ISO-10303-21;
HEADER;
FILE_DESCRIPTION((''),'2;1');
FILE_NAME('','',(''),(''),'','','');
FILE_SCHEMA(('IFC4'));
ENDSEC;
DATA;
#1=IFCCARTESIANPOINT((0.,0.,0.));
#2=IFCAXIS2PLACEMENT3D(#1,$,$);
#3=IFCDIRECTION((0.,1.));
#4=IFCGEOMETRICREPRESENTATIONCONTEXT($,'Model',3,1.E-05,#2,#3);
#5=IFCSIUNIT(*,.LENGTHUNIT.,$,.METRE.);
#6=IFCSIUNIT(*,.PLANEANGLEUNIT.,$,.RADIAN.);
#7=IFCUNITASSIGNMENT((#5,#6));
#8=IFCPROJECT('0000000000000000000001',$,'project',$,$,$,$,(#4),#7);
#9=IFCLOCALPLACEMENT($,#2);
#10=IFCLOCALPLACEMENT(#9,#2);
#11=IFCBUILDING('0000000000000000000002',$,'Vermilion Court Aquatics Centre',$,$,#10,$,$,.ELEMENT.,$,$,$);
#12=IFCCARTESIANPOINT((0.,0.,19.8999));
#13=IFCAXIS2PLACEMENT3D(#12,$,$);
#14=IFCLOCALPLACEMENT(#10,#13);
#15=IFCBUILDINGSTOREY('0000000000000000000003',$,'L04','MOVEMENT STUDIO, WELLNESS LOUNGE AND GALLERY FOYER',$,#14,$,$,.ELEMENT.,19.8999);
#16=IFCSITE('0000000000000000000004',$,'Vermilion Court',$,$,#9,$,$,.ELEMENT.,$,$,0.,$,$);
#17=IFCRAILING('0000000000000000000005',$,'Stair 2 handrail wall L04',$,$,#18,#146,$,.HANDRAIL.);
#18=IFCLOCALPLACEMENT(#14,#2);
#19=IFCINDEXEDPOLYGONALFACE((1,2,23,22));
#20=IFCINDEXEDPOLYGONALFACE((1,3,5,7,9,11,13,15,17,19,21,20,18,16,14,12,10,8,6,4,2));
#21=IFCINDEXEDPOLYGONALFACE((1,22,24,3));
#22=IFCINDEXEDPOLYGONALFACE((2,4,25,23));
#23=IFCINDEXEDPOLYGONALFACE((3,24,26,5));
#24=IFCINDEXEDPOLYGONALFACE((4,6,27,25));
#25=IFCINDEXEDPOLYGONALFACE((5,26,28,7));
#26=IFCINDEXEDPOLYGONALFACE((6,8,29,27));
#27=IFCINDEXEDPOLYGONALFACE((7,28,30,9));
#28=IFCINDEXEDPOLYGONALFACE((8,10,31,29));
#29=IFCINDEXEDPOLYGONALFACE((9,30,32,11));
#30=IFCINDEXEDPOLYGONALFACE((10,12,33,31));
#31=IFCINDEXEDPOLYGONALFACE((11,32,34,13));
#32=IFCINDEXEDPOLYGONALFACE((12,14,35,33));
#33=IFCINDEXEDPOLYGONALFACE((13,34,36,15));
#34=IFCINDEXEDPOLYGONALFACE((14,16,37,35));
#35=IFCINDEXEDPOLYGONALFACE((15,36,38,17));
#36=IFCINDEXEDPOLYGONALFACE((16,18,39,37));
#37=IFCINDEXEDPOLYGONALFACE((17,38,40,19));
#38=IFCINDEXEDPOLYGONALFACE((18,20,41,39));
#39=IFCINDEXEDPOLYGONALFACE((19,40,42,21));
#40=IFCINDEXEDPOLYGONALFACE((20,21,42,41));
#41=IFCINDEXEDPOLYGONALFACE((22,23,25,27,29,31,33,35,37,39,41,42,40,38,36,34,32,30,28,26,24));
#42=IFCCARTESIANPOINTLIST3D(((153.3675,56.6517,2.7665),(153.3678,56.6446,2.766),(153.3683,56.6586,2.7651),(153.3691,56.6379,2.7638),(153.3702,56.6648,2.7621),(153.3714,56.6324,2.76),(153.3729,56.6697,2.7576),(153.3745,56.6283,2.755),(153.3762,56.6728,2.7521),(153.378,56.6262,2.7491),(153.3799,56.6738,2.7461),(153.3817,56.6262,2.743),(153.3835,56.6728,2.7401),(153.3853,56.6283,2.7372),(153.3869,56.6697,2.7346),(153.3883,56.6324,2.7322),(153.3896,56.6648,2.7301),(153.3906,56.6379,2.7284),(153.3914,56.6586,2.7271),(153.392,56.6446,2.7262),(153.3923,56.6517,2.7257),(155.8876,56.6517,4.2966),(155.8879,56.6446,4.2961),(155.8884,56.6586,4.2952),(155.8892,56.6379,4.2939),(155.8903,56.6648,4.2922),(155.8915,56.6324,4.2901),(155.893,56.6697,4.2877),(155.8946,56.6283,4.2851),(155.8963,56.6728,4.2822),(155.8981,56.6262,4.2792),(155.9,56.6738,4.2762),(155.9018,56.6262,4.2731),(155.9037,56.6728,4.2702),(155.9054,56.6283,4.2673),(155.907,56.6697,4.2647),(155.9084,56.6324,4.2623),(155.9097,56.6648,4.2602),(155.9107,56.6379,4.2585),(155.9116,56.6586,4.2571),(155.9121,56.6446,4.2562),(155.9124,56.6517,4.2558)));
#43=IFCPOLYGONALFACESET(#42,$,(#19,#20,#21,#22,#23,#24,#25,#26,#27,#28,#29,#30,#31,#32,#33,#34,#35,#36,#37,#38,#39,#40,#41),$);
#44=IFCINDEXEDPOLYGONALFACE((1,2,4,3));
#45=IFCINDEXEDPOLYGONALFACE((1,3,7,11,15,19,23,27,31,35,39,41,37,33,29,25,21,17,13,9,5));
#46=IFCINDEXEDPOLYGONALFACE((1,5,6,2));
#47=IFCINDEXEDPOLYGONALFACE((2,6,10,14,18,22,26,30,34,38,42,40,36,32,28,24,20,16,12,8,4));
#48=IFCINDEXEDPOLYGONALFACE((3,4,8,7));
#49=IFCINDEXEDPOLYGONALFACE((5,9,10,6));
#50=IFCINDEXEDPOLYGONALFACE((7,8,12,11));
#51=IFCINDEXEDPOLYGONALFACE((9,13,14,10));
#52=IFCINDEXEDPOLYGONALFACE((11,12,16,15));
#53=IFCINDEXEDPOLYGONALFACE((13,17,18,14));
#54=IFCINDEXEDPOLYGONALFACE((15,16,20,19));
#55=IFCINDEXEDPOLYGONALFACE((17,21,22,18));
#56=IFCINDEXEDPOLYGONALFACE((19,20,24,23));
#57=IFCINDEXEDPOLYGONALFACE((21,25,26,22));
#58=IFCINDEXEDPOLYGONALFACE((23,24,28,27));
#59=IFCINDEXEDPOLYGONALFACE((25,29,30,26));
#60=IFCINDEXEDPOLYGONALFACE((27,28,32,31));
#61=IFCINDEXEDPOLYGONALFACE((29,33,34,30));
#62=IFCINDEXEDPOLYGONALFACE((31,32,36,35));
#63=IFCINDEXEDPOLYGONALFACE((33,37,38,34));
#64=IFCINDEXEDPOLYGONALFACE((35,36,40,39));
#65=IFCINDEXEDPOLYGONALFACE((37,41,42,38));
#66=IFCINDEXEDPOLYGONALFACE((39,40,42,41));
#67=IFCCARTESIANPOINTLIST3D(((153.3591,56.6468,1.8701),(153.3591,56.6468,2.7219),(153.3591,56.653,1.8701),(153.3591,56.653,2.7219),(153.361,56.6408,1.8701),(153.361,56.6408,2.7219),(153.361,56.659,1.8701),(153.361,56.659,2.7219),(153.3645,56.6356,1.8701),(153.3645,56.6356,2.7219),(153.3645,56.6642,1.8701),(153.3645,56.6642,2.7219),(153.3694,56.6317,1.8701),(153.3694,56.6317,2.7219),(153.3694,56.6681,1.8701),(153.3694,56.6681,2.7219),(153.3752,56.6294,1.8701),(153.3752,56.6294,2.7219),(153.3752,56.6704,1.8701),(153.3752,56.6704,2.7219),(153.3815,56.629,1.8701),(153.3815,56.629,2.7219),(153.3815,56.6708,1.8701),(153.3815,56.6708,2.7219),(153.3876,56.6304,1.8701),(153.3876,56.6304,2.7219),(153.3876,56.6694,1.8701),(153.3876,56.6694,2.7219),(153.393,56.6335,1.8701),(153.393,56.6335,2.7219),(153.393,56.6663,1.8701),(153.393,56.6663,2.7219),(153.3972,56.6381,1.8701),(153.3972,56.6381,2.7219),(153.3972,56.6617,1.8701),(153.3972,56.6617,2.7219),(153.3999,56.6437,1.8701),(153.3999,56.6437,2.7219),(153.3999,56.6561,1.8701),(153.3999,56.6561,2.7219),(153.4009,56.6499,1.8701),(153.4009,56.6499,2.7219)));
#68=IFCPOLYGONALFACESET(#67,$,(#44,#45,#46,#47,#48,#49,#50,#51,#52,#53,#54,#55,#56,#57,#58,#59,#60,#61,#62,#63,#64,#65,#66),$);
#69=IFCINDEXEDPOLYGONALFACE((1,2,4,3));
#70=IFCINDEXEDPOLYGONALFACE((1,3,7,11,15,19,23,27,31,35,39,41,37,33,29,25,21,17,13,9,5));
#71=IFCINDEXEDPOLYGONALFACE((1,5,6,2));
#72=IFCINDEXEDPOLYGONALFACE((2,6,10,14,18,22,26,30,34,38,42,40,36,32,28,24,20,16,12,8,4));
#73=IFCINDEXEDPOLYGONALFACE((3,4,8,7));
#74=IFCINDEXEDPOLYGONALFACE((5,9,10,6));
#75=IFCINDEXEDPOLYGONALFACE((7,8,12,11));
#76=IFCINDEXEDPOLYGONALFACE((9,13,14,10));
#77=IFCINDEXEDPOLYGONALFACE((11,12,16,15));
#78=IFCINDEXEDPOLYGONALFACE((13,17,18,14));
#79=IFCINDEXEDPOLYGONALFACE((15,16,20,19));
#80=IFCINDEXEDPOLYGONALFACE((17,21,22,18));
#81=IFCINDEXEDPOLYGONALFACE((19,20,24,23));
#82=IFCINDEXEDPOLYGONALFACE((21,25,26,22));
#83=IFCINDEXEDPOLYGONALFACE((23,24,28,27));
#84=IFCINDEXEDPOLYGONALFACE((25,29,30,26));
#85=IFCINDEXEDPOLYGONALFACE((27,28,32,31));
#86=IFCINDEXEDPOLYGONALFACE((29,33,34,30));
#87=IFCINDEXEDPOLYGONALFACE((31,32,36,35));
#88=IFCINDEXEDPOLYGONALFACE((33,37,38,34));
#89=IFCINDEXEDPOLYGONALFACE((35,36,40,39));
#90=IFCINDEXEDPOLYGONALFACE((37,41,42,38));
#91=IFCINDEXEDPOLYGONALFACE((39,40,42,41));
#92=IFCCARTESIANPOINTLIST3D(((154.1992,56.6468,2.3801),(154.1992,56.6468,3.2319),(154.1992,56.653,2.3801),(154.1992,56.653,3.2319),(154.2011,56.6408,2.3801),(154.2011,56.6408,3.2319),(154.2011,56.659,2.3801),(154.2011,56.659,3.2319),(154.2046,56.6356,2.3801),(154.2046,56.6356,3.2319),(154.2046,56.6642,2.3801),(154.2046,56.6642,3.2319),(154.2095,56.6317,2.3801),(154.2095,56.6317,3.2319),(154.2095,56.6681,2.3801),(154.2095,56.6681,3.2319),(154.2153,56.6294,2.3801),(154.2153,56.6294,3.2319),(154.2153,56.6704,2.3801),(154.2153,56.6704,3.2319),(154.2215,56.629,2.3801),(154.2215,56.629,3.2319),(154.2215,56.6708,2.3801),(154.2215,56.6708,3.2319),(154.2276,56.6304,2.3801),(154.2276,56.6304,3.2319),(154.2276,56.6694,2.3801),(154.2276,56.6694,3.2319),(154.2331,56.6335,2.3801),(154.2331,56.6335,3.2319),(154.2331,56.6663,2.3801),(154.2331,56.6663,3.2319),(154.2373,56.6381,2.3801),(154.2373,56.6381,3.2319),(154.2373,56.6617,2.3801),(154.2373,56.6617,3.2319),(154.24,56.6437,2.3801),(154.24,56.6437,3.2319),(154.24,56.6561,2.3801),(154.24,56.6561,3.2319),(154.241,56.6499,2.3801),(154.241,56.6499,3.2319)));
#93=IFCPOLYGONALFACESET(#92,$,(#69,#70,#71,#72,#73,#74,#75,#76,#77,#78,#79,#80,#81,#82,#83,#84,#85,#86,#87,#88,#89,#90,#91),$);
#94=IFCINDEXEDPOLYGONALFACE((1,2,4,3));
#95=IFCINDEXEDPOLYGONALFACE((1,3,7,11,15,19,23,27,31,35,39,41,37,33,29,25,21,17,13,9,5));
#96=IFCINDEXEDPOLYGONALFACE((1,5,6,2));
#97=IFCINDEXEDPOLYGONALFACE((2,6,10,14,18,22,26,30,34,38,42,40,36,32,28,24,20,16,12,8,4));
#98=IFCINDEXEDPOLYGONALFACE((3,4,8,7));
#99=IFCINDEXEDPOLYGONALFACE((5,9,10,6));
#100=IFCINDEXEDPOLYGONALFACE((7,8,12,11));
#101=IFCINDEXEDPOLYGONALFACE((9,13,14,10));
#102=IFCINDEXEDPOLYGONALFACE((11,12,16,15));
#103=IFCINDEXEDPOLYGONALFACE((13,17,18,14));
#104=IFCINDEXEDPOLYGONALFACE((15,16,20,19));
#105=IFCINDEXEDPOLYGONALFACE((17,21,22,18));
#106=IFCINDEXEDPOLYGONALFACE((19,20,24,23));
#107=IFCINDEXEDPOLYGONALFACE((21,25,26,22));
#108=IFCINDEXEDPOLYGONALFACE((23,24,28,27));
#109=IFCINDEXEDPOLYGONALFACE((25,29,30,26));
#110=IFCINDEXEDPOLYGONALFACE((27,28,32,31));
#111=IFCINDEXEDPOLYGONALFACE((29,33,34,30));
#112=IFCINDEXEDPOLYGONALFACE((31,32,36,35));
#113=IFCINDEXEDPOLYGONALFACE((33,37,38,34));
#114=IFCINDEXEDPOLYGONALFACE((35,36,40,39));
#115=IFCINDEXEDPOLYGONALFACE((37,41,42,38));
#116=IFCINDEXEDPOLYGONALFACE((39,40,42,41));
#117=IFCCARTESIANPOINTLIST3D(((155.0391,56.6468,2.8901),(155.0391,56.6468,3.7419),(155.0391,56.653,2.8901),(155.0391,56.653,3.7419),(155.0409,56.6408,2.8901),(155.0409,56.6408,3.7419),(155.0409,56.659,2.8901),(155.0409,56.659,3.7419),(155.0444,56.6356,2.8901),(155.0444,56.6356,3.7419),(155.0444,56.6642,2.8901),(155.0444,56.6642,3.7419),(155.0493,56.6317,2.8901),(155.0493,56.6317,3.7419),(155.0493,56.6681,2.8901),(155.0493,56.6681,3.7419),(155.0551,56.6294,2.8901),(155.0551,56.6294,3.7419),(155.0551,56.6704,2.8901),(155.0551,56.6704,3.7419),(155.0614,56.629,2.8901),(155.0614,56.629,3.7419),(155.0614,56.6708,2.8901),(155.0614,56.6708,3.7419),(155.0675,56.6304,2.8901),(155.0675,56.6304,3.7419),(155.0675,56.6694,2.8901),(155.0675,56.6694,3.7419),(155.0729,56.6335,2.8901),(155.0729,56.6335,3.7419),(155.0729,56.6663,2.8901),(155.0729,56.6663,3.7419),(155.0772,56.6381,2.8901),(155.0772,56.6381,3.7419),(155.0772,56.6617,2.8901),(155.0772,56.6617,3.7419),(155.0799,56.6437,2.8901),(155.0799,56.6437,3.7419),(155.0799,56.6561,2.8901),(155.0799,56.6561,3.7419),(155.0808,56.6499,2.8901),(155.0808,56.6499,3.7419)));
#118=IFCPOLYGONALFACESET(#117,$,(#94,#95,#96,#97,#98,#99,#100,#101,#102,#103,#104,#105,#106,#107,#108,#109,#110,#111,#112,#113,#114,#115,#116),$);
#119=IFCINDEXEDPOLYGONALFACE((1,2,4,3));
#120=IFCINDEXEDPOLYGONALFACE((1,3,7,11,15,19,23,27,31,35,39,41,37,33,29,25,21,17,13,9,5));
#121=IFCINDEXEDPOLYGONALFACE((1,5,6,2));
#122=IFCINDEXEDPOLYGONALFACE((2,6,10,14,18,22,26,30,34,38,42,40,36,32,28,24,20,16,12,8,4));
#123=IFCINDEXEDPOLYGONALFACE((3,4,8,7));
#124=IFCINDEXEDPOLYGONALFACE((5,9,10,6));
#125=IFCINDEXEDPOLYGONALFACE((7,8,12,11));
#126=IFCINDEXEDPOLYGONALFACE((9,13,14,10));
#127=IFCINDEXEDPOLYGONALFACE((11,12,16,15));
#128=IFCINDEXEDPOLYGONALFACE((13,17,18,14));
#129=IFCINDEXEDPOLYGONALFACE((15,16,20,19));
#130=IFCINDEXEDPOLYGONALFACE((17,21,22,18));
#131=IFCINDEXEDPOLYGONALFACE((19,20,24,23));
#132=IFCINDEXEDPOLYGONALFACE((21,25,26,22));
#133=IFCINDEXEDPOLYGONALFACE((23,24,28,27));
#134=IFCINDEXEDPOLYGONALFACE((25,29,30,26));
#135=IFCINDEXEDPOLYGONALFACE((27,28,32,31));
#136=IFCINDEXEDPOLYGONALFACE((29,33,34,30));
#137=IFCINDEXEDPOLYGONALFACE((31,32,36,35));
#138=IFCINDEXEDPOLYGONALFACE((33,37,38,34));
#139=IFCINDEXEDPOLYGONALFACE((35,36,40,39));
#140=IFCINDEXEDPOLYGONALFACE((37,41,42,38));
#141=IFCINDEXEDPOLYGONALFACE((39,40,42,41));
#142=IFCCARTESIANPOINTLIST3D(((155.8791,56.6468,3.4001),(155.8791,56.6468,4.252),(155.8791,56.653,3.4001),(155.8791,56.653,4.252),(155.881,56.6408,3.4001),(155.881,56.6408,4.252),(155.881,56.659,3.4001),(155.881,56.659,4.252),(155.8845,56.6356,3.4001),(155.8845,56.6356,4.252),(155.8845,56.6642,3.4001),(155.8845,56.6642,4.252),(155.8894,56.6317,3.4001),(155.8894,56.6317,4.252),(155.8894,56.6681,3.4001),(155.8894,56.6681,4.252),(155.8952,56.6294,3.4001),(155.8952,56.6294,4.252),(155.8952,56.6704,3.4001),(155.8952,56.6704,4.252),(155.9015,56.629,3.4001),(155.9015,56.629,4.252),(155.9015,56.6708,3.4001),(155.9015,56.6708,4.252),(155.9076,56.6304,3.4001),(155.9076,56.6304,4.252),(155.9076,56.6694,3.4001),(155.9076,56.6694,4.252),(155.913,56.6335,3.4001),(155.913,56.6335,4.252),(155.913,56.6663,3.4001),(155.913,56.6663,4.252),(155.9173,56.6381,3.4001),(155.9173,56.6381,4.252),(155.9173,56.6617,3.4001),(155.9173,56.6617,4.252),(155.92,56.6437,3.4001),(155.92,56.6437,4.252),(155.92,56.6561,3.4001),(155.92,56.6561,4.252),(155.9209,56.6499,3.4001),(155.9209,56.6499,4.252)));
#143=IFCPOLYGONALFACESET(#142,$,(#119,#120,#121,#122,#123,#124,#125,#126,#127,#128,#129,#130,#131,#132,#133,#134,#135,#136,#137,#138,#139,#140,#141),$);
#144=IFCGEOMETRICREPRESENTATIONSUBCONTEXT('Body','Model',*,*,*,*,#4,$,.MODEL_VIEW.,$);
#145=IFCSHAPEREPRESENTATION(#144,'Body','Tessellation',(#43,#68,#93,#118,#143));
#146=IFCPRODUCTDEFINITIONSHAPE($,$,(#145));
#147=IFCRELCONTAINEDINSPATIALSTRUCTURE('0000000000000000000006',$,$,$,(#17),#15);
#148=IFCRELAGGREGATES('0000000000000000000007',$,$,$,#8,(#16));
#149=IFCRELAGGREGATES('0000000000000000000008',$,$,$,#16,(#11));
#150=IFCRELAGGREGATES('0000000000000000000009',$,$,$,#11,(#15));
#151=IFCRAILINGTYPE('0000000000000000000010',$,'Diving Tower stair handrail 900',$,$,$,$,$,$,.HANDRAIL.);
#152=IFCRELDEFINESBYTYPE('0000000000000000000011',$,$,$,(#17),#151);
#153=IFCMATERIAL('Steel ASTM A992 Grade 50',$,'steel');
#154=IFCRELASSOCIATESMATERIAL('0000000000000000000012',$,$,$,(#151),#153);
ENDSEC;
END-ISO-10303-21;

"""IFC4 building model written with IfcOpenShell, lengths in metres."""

from ifc_helpers import new_model, si_unit, direction, frame, origin, origin_2d, place, context, subcontext, project, spatial, circle, extrude, material, type_object, element, save


model = new_model("IFC4")

# Units and contexts
model_context = context("Model", 3, precision=1e-05, world=origin(), true_north=direction((0.0, 1.0)))
body_context = subcontext(model_context, "Body", "Model", "MODEL_VIEW")
ifc_project = project(units=[si_unit("LENGTHUNIT", "METRE"), si_unit("PLANEANGLEUNIT", "RADIAN")], contexts=[model_context])

# Site, building, storey
site_placement = place(None, origin())
site = spatial("IfcSite", under=ifc_project, at=site_placement, Name="Vermilion Court", CompositionType="ELEMENT", RefElevation=0.0)
building_placement = place(site_placement, origin())
building = spatial("IfcBuilding", under=site, at=building_placement, Name="Vermilion Court Aquatics Centre", CompositionType="ELEMENT")
storey_placement = place(building_placement, frame((0.0, 0.0, 19.8999)))
storey = spatial("IfcBuildingStorey", under=building, at=storey_placement, Name="L04", Description="MOVEMENT STUDIO, WELLNESS LOUNGE AND GALLERY FOYER", CompositionType="ELEMENT", Elevation=19.8999)

# Railing
ifc_material_1 = material(Name="Steel ASTM A992 Grade 50", Category="steel")
railing_type = type_object("IfcRailingType", Name="Diving Tower stair handrail 900", PredefinedType="HANDRAIL", material=ifc_material_1)
for number, where, name in (
    (1, (153.3799, 56.6499, 1.8701), "Stair 2 handrail wall L04"),
):
    element("IfcRailing", number, at=place(storey_placement, frame(where)), inside=storey, type_object=railing_type, Name=name, PredefinedType="HANDRAIL", context=body_context, shape_type="SweptSolid", body=[
        extrude(circle(Radius=0.0239, at=origin_2d()), frame((0.0, 0.0, 0.876), z_axis=(0.854785, 0.0, 0.518982), x_axis=(0.0, 1.0, 0.0)), (0.0, 0.0, 1.0), 2.9482),
        extrude(circle(Radius=0.021, at=origin_2d()), origin(), (0.0, 0.0, 1.0), 0.8518),
        extrude(circle(Radius=0.021, at=origin_2d()), frame((0.8401, 0.0, 0.51)), (0.0, 0.0, 1.0), 0.8518),
        extrude(circle(Radius=0.021, at=origin_2d()), frame((1.6799, 0.0, 1.02)), (0.0, 0.0, 1.0), 0.8518),
        extrude(circle(Radius=0.021, at=origin_2d()), frame((2.52, 0.0, 1.53)), (0.0, 0.0, 1.0), 0.8518),
    ])

save(model, "model.ifc")
